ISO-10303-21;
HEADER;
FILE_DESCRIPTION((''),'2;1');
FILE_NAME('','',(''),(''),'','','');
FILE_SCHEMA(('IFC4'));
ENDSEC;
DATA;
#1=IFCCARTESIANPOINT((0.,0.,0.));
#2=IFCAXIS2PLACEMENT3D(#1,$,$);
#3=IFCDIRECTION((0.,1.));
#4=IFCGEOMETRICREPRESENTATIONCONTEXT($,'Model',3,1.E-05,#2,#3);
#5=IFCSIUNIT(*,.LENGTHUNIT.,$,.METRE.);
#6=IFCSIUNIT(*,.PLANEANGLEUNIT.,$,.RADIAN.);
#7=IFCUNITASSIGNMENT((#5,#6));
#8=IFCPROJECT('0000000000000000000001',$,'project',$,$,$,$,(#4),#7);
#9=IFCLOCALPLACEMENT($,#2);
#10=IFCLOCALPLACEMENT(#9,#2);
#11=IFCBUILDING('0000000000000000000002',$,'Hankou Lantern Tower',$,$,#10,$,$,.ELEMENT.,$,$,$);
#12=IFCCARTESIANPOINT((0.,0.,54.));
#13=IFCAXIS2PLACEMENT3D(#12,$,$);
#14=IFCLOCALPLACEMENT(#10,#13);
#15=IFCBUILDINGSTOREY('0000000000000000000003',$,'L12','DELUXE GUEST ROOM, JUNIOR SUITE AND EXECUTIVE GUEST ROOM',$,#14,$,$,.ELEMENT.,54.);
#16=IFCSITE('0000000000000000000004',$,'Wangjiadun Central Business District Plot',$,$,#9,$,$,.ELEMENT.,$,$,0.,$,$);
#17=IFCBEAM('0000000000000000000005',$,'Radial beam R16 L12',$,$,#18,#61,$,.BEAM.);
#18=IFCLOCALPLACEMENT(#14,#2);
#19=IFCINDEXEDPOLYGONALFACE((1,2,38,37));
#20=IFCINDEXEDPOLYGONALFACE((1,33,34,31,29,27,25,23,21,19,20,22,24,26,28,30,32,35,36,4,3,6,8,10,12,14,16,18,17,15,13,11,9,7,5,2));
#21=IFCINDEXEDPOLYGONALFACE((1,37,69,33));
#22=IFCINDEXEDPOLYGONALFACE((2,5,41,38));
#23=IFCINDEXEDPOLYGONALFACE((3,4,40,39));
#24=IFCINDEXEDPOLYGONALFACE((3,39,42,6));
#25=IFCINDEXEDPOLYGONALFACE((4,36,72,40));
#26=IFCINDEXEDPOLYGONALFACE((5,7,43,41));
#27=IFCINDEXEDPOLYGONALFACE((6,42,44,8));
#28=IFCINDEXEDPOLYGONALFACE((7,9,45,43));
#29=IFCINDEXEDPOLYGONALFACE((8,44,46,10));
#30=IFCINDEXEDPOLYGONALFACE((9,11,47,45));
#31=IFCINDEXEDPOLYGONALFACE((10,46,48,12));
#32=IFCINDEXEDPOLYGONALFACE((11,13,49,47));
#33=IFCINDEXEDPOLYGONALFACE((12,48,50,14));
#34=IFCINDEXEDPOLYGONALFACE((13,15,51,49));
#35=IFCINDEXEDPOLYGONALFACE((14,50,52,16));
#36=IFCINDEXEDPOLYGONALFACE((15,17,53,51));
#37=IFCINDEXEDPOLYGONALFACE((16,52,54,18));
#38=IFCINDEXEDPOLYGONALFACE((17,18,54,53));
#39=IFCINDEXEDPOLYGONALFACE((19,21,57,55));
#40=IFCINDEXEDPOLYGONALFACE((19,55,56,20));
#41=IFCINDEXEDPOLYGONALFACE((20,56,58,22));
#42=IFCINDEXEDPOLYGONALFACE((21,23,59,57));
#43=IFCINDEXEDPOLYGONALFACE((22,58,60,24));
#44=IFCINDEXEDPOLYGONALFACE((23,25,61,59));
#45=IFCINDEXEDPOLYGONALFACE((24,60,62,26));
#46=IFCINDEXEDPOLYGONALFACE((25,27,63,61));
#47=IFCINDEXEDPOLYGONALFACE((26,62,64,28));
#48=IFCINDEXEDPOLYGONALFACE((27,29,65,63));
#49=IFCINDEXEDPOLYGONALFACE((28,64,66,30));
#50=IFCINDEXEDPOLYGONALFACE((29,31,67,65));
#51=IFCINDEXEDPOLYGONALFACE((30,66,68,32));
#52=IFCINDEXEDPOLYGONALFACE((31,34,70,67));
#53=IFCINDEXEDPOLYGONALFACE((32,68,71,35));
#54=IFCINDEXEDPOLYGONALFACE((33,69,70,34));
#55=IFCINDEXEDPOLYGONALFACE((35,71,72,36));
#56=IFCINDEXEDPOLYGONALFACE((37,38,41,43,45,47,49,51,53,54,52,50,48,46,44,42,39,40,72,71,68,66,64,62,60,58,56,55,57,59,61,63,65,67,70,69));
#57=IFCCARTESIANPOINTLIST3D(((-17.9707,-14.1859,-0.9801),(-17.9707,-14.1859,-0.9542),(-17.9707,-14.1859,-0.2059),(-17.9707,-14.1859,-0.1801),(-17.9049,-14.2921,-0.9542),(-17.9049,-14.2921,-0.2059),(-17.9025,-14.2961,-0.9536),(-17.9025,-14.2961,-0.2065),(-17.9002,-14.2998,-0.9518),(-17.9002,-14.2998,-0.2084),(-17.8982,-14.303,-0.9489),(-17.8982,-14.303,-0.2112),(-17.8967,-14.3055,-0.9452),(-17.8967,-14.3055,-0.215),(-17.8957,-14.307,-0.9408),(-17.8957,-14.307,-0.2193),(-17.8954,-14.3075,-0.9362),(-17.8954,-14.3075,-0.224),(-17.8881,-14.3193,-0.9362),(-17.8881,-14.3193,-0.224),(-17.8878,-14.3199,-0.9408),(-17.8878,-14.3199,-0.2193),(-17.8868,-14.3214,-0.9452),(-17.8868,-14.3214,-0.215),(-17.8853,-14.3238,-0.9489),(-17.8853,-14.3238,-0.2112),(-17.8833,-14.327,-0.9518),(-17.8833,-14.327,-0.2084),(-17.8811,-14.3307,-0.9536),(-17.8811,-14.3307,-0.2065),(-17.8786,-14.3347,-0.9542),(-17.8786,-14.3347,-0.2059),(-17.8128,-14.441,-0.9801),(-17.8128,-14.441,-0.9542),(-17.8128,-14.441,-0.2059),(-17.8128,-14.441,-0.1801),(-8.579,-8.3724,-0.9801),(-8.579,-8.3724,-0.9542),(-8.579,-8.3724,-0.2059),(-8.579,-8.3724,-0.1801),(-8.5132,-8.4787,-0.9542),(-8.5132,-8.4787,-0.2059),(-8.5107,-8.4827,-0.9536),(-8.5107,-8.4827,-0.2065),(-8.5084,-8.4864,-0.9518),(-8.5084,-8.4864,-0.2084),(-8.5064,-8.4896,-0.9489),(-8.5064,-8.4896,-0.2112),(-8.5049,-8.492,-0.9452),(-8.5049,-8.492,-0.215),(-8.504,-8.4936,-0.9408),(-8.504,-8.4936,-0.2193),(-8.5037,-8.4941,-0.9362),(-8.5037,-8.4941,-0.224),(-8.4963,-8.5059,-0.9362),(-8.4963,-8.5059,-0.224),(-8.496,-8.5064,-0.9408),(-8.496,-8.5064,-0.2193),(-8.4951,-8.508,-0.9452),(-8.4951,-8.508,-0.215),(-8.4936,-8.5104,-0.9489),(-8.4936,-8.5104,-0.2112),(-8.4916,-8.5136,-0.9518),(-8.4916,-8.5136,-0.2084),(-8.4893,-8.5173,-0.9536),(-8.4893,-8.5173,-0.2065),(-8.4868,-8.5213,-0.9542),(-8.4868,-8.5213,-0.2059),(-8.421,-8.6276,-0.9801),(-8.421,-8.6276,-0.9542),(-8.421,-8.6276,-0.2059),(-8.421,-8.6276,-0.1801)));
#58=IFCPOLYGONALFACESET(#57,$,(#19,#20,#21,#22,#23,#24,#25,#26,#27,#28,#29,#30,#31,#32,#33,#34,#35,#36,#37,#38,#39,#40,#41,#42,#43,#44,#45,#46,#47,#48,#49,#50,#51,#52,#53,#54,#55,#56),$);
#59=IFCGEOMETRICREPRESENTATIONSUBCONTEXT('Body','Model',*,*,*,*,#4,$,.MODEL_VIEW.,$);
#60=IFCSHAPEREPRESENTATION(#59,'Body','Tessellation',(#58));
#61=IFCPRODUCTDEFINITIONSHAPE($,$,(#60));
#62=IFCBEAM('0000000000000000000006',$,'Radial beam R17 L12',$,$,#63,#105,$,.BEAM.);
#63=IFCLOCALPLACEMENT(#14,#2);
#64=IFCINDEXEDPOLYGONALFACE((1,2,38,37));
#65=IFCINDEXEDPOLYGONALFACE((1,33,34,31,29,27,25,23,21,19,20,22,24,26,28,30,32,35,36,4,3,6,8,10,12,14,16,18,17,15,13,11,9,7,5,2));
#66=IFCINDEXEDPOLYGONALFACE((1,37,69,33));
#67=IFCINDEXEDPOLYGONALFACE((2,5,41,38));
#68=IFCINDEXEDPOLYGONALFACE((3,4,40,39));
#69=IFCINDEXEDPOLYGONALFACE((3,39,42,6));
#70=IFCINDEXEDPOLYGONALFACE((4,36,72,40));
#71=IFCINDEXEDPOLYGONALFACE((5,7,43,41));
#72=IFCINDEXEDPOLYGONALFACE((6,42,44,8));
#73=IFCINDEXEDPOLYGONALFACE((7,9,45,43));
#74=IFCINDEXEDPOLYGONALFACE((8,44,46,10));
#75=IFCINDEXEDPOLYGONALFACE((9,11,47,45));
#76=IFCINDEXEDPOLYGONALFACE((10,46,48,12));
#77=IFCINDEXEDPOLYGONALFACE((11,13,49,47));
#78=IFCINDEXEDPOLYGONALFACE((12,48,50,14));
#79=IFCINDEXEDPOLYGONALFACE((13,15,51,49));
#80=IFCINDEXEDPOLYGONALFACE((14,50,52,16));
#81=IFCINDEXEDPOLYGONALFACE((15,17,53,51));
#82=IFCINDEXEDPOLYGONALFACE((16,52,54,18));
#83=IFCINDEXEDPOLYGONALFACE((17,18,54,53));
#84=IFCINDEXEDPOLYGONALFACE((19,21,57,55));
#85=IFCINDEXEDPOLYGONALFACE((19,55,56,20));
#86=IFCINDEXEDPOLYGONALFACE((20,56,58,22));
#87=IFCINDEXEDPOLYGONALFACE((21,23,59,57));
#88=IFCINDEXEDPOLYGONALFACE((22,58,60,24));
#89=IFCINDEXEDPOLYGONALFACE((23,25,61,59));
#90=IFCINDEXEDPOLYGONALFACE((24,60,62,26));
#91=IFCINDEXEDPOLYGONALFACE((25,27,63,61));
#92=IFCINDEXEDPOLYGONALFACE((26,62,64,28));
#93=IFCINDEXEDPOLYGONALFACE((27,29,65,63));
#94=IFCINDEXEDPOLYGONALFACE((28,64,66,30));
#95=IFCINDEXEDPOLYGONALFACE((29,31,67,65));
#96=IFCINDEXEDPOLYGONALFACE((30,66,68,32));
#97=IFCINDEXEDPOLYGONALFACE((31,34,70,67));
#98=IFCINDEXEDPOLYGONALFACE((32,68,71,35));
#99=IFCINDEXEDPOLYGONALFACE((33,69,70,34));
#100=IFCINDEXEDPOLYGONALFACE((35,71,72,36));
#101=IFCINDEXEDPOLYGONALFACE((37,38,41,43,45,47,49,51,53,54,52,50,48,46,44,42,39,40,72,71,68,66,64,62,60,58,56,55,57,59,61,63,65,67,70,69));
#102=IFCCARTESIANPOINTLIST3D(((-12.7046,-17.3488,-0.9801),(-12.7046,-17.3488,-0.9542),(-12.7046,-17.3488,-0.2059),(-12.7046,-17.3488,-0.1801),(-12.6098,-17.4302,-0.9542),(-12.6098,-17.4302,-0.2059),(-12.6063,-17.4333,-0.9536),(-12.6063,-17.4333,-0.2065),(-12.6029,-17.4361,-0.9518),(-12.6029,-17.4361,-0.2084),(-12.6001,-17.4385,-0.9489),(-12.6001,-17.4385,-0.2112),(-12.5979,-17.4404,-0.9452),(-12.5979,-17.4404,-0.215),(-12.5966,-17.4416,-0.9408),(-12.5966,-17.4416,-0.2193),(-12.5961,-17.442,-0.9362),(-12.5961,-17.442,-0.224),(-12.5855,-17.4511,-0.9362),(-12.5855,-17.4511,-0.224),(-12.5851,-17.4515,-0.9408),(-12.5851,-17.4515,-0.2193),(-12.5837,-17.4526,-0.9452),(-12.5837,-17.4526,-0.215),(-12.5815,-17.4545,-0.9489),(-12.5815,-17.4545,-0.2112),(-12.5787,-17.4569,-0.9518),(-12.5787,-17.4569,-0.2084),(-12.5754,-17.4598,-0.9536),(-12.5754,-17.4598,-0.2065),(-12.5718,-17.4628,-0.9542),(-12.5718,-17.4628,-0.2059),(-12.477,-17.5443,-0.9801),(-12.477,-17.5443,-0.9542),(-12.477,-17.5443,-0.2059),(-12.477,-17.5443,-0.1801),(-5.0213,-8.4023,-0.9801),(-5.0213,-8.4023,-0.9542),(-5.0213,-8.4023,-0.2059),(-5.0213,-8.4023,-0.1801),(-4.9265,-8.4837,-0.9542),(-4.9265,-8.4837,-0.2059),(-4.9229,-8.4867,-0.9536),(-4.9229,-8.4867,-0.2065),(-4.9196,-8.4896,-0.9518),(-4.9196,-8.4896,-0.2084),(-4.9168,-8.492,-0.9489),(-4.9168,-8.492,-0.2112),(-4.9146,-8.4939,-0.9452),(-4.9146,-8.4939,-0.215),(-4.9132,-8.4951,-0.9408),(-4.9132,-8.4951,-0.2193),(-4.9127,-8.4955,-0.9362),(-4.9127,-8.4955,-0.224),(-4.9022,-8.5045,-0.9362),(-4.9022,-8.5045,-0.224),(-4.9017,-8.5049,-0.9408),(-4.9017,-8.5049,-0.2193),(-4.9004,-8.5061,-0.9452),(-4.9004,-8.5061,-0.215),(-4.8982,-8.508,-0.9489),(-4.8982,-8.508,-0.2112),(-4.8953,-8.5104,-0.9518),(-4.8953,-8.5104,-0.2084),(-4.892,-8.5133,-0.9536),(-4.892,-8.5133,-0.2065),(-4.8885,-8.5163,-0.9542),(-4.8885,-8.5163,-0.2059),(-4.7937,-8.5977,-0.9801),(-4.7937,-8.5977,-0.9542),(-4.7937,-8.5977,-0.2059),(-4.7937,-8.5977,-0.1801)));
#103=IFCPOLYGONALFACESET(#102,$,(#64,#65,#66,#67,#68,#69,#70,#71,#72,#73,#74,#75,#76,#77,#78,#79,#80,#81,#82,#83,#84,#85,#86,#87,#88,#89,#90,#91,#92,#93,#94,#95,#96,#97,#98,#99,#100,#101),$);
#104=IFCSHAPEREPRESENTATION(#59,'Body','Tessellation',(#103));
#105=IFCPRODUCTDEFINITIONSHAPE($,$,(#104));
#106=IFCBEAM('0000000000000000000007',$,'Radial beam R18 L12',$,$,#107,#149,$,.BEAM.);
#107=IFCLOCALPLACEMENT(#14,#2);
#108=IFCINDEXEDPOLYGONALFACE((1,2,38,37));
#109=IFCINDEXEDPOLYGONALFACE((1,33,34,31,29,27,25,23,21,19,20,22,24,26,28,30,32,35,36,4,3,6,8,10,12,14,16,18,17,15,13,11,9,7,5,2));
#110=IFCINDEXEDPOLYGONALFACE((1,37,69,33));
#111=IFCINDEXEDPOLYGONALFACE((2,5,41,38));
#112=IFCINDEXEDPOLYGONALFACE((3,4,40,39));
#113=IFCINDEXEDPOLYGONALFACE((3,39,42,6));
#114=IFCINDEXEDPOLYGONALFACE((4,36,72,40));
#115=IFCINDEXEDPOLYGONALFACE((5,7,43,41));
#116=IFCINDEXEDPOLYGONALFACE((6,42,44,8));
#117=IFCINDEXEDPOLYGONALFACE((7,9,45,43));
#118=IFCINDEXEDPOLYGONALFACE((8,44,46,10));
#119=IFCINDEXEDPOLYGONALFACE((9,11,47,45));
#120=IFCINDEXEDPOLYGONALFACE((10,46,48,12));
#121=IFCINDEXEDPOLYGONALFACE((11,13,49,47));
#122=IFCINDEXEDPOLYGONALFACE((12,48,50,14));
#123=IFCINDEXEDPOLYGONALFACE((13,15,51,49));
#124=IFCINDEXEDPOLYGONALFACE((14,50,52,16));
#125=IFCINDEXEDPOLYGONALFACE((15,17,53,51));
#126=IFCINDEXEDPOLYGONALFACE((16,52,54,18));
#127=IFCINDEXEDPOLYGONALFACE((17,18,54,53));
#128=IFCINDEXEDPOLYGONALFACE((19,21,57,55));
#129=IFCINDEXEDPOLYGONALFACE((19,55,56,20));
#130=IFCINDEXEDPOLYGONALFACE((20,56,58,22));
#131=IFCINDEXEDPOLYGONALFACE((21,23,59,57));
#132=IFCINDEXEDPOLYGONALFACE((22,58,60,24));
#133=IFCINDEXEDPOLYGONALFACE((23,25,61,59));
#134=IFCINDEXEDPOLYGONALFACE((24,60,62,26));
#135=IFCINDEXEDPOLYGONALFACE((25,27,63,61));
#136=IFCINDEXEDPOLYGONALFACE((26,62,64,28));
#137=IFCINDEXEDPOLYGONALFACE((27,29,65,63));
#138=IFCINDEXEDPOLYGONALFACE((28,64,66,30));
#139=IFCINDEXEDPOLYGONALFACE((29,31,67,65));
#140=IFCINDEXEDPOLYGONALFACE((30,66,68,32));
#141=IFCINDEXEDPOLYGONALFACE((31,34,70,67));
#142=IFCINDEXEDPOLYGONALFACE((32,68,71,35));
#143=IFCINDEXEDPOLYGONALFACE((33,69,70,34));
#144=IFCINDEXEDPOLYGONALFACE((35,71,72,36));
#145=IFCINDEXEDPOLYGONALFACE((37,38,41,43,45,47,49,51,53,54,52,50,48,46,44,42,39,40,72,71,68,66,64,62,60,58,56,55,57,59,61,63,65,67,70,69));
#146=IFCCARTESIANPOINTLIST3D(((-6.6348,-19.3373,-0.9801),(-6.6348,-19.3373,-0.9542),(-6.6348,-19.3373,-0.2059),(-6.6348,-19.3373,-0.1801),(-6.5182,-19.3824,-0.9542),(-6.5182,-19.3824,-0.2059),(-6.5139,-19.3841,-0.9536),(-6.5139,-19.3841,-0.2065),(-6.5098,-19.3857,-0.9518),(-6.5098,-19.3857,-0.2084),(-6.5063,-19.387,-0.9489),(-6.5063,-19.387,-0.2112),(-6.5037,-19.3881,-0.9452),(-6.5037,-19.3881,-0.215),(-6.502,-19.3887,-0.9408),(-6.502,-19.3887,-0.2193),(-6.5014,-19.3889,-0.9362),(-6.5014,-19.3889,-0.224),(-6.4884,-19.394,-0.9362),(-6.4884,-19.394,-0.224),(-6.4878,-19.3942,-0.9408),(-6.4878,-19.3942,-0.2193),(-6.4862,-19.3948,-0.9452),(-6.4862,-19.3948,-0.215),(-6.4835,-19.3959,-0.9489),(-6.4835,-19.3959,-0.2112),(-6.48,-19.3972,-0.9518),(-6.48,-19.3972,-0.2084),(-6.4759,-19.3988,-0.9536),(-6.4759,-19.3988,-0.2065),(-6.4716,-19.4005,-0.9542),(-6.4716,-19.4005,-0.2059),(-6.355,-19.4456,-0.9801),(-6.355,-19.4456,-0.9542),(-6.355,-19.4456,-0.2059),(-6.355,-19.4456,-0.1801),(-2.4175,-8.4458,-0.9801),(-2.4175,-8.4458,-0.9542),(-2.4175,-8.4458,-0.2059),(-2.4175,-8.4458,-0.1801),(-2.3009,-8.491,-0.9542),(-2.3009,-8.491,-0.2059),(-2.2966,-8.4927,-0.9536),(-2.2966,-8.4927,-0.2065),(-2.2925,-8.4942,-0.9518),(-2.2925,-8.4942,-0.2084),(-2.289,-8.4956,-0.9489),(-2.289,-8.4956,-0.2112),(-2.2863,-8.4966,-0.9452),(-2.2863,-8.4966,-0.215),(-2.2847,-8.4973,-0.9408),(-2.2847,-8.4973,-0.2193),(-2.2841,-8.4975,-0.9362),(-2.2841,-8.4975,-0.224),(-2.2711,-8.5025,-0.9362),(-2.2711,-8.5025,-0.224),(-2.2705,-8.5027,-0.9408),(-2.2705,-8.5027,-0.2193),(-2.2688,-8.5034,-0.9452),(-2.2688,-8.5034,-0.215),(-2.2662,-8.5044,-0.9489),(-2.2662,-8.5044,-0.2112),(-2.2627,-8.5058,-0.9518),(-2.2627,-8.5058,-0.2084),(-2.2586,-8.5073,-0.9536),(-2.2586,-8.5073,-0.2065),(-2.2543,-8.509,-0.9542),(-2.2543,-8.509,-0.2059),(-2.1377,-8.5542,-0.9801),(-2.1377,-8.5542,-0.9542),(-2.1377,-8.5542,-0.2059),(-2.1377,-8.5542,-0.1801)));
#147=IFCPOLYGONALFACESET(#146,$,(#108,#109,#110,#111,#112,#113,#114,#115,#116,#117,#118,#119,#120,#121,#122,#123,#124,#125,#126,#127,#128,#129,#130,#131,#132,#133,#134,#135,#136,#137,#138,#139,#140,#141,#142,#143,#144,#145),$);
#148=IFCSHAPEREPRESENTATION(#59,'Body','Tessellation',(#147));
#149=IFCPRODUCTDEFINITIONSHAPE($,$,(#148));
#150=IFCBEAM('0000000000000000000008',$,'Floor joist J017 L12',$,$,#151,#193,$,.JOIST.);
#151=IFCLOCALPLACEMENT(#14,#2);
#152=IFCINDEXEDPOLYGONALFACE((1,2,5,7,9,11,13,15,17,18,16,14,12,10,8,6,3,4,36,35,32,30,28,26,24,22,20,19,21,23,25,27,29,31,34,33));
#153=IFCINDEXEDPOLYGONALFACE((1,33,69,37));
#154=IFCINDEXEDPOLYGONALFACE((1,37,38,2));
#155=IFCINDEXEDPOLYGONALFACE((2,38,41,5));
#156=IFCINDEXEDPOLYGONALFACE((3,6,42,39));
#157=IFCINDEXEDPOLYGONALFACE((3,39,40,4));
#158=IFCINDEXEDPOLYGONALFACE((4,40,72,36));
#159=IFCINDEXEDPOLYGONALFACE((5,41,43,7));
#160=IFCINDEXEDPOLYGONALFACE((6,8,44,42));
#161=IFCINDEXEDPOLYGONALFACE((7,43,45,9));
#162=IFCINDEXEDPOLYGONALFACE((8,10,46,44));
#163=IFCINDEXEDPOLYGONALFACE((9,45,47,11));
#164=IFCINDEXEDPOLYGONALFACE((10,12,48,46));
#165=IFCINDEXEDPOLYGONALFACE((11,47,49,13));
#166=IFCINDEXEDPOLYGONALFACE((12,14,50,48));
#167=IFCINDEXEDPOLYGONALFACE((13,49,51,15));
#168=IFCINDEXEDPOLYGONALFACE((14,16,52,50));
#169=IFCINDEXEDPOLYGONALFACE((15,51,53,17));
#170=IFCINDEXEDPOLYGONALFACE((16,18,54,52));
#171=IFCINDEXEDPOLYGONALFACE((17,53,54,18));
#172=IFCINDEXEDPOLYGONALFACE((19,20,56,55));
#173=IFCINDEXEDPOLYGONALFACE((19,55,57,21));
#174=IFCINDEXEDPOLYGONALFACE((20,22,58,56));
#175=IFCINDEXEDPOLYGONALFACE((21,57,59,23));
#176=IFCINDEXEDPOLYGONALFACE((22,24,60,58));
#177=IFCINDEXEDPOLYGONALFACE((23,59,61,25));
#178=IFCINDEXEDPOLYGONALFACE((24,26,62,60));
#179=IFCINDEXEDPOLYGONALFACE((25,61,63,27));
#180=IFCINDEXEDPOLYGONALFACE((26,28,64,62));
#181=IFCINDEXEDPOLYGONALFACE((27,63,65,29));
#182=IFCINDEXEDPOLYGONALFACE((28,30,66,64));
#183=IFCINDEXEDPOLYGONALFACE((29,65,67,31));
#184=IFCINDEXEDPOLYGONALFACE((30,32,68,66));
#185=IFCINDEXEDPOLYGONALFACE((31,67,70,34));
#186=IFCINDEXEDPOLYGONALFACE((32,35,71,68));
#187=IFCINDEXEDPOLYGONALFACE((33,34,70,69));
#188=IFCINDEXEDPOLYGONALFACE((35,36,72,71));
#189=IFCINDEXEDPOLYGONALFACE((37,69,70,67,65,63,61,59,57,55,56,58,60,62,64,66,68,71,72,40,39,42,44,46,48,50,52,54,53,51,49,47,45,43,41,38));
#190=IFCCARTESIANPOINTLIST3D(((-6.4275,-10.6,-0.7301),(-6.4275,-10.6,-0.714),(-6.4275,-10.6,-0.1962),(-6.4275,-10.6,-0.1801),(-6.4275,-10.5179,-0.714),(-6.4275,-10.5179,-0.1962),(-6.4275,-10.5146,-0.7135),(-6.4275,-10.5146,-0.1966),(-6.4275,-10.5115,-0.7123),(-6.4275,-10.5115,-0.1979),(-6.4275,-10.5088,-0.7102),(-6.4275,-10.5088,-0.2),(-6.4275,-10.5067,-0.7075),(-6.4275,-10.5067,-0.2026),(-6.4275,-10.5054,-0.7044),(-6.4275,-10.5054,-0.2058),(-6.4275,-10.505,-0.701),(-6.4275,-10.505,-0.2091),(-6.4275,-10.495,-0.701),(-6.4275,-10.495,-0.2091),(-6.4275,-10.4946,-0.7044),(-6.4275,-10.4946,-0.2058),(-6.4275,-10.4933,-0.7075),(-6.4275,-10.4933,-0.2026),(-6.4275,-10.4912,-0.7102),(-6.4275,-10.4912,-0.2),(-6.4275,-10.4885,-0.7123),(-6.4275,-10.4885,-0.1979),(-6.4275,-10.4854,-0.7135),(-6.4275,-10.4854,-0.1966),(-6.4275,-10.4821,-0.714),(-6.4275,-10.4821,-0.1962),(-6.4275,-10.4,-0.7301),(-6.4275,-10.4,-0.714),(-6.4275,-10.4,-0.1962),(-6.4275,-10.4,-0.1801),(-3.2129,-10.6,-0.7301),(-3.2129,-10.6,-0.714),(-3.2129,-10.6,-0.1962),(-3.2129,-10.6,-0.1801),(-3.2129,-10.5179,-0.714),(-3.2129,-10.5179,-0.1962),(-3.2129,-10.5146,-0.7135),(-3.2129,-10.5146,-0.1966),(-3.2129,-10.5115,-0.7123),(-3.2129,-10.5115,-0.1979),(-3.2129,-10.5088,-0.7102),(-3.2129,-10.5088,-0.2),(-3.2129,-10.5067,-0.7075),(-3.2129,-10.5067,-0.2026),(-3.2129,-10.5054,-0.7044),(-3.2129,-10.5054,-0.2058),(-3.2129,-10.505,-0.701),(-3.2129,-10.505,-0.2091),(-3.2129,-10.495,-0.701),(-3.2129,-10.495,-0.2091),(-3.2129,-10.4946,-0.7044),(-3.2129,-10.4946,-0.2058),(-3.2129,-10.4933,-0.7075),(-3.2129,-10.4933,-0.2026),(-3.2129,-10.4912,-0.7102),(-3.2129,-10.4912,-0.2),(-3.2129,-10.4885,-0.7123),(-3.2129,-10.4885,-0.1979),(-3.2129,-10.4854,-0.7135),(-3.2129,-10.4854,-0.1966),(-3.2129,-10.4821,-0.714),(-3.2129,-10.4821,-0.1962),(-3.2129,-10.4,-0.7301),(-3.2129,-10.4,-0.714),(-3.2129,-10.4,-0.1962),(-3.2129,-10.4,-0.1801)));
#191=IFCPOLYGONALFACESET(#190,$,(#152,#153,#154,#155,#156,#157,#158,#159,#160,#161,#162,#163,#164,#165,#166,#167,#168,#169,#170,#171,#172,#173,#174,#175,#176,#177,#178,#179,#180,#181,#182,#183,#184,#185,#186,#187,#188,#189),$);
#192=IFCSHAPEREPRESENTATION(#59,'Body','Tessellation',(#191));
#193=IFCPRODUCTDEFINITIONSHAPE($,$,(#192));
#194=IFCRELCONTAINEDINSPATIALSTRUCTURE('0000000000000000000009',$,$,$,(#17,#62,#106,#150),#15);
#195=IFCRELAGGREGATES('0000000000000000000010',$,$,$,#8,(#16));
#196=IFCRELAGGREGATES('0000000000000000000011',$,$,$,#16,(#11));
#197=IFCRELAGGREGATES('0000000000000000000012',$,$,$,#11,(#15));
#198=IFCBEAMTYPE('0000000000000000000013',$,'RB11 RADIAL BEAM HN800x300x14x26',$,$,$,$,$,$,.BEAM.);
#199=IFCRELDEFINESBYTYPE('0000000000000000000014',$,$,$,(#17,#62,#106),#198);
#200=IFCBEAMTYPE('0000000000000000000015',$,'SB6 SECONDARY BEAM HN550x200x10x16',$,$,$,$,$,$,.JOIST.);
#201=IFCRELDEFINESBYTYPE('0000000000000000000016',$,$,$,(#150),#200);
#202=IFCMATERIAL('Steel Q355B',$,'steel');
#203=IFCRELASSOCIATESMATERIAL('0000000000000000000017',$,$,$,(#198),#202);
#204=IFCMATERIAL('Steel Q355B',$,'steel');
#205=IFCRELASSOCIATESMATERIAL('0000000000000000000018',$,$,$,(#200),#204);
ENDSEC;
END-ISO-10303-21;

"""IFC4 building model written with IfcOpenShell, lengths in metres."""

from ifc_helpers import new_model, si_unit, direction, frame, origin, origin_2d, place, context, subcontext, project, spatial, i_section, extrude, material, material_profile, profile_set, type_object, element, save


model = new_model("IFC4")

# Units and contexts
model_context = context("Model", 3, precision=1e-05, world=origin(), true_north=direction((0.0, 1.0)))
body_context = subcontext(model_context, "Body", "Model", "MODEL_VIEW")
ifc_project = project(units=[si_unit("LENGTHUNIT", "METRE"), si_unit("PLANEANGLEUNIT", "RADIAN")], contexts=[model_context])

# Site, building, storey
site_placement = place(None, origin())
site = spatial("IfcSite", under=ifc_project, at=site_placement, Name="Wangjiadun Central Business District Plot", CompositionType="ELEMENT", RefElevation=0.0)
building_placement = place(site_placement, origin())
building = spatial("IfcBuilding", under=site, at=building_placement, Name="Hankou Lantern Tower", CompositionType="ELEMENT")
storey_placement = place(building_placement, frame((0.0, 0.0, 54.0)))
storey = spatial("IfcBuildingStorey", under=building, at=storey_placement, Name="L12", Description="DELUXE GUEST ROOM, JUNIOR SUITE AND EXECUTIVE GUEST ROOM", CompositionType="ELEMENT", Elevation=54.0)

# Beams
ifc_material_1 = material(Name="Steel Q355B", Category="steel")
ifc_material_profile_1 = material_profile(ifc_material_1, i_section(OverallWidth=0.3, OverallDepth=0.8, WebThickness=0.0139, FlangeThickness=0.0259, FilletRadius=0.0181, at=origin_2d()), Name="HN800x300x14x26")
ifc_profile_set_1 = profile_set([ifc_material_profile_1], Name="Steel Q355B")
beam_type_1 = type_object("IfcBeamType", Name="RB11 RADIAL BEAM HN800x300x14x26", PredefinedType="BEAM", material=ifc_profile_set_1)
beam_1_placement = place(storey_placement, frame((-8.5, -8.5, -0.5801), z_axis=(-0.850286, -0.52632, 0.0), x_axis=(0.52632, -0.850286, 0.0)))
element("IfcBeam", 1, at=beam_1_placement, inside=storey, type_object=beam_type_1, Name="Radial beam R16 L12", PredefinedType="BEAM", context=body_context, shape_type="SweptSolid", body=[
    extrude(i_section(OverallWidth=0.3, OverallDepth=0.8, WebThickness=0.0139, FlangeThickness=0.0259, FilletRadius=0.0181, at=origin_2d()), origin(), (0.0, 0.0, 1.0), 11.0454),
])
beam_2_placement = place(storey_placement, frame((-4.9075, -8.5, -0.5801), z_axis=(-0.651519, -0.758632, 0.0), x_axis=(0.758632, -0.651519, 0.0)))
element("IfcBeam", 2, at=beam_2_placement, inside=storey, type_object=beam_type_1, Name="Radial beam R17 L12", PredefinedType="BEAM", context=body_context, shape_type="SweptSolid", body=[
    extrude(i_section(OverallWidth=0.3, OverallDepth=0.8, WebThickness=0.0139, FlangeThickness=0.0259, FilletRadius=0.0181, at=origin_2d()), origin(), (0.0, 0.0, 1.0), 11.793),
])
beam_3_placement = place(storey_placement, frame((-2.2776, -8.5, -0.5801), z_axis=(-0.361089, -0.932531, 0.0), x_axis=(0.932531, -0.361089, 0.0)))
element("IfcBeam", 3, at=beam_3_placement, inside=storey, type_object=beam_type_1, Name="Radial beam R18 L12", PredefinedType="BEAM", context=body_context, shape_type="SweptSolid", body=[
    extrude(i_section(OverallWidth=0.3, OverallDepth=0.8, WebThickness=0.0139, FlangeThickness=0.0259, FilletRadius=0.0181, at=origin_2d()), origin(), (0.0, 0.0, 1.0), 11.6794),
])
ifc_material_2 = material(Name="Steel Q355B", Category="steel")
ifc_material_profile_2 = material_profile(ifc_material_2, i_section(OverallWidth=0.2, OverallDepth=0.55, WebThickness=0.01, FlangeThickness=0.0161, FilletRadius=0.0129, at=origin_2d()), Name="HN550x200x10x16")
ifc_profile_set_2 = profile_set([ifc_material_profile_2], Name="Steel Q355B")
beam_type_2 = type_object("IfcBeamType", Name="SB6 SECONDARY BEAM HN550x200x10x16", PredefinedType="JOIST", material=ifc_profile_set_2)
beam_4_placement = place(storey_placement, frame((-6.4275, -10.5, -0.4551), z_axis=(1.0, 0.0, 0.0), x_axis=(0.0, 1.0, 0.0)))
element("IfcBeam", 4, at=beam_4_placement, inside=storey, type_object=beam_type_2, Name="Floor joist J017 L12", PredefinedType="JOIST", context=body_context, shape_type="SweptSolid", body=[
    extrude(i_section(OverallWidth=0.2, OverallDepth=0.55, WebThickness=0.01, FlangeThickness=0.0161, FilletRadius=0.0129, at=origin_2d()), origin(), (0.0, 0.0, 1.0), 3.2146),
])

save(model, "model.ifc")
